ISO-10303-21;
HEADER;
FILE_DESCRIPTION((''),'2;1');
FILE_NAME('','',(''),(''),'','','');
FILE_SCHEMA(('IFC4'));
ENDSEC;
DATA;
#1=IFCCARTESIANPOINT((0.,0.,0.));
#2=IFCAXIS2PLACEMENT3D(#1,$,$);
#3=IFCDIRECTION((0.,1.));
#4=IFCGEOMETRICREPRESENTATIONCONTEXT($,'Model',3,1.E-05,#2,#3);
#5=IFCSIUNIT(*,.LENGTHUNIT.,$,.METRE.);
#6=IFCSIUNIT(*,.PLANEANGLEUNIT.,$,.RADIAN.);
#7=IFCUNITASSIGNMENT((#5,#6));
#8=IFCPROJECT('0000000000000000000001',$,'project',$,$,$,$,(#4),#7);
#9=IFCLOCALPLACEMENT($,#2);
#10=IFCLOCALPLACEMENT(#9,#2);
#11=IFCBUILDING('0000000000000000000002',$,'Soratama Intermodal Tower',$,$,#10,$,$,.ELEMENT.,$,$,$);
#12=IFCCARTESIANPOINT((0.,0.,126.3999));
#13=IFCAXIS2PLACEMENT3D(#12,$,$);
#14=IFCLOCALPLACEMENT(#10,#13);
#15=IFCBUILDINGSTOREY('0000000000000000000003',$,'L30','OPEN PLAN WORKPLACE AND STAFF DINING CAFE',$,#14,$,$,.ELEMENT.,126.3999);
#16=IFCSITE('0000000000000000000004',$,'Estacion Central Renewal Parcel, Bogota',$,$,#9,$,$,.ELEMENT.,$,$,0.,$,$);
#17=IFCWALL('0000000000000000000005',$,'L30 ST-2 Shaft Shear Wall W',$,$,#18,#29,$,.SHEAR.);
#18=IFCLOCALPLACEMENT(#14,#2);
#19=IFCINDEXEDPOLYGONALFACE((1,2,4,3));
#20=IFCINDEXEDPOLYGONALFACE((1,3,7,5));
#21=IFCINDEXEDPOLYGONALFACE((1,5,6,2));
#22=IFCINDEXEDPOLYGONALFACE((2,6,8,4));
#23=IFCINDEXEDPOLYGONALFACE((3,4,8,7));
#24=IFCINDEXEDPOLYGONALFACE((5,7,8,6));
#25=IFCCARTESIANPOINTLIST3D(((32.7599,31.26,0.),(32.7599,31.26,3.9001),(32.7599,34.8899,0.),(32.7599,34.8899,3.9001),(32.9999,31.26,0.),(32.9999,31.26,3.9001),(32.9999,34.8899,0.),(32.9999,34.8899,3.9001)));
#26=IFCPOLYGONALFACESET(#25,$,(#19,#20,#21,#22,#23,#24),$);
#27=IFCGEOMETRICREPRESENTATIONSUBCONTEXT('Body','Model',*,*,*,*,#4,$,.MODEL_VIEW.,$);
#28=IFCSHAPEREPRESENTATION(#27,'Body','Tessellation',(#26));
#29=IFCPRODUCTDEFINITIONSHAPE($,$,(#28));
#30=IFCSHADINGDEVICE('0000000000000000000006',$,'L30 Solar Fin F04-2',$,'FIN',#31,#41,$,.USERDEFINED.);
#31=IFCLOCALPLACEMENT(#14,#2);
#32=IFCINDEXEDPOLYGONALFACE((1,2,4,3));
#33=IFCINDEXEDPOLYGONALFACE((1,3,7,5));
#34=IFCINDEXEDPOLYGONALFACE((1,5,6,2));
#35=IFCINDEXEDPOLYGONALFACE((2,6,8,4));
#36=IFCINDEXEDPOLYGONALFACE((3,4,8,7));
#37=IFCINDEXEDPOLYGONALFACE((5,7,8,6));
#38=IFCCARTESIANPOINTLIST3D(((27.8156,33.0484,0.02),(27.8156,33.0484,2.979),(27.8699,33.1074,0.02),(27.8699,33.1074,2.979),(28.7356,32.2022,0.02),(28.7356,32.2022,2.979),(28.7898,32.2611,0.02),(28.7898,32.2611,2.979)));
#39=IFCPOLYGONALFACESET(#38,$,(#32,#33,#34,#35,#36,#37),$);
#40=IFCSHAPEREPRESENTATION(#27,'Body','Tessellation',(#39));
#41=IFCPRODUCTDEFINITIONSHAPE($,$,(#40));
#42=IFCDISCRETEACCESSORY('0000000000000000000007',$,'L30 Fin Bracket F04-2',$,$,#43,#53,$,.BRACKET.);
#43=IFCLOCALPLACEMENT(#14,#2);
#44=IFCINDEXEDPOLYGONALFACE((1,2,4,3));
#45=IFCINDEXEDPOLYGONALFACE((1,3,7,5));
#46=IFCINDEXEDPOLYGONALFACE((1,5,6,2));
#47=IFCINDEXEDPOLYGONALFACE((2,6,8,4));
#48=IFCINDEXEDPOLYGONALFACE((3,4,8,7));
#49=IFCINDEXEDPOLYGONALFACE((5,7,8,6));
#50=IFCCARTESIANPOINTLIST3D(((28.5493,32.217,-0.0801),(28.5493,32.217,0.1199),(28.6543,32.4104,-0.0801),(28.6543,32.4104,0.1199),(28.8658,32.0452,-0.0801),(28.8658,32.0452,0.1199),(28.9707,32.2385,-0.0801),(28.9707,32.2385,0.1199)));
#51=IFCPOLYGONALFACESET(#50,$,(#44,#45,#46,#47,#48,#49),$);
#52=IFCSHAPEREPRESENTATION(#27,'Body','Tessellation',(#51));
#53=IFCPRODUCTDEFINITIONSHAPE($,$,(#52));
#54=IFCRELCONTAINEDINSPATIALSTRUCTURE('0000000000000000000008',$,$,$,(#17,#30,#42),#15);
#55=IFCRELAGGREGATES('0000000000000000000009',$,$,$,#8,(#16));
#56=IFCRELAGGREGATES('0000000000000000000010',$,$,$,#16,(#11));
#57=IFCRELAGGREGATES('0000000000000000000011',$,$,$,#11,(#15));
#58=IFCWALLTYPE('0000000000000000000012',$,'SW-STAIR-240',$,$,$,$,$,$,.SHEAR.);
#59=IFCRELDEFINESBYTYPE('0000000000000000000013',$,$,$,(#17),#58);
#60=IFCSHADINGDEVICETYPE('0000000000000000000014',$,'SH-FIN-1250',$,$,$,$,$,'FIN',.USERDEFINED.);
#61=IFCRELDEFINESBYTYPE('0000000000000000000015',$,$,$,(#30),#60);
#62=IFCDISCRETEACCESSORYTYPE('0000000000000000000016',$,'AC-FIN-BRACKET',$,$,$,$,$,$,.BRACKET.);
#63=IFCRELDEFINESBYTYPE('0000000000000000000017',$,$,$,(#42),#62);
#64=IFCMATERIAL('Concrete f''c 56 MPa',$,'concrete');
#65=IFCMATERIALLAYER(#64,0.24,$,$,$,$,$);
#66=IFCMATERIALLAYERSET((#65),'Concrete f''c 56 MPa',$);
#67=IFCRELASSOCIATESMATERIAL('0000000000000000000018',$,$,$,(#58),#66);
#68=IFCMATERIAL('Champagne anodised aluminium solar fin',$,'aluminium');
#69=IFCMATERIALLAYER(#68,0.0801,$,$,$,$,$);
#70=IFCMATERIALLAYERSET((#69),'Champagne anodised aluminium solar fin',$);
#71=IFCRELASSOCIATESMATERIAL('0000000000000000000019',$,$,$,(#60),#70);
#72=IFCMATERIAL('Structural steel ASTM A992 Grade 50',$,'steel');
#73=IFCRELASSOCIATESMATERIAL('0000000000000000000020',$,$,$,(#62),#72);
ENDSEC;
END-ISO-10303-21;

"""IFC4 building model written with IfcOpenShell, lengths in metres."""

from ifc_helpers import new_model, si_unit, direction, frame, frame_2d, origin, origin_2d, place, context, subcontext, project, spatial, rectangle, extrude, material, layer, layer_set, type_object, element, save


model = new_model("IFC4")

# Units and contexts
model_context = context("Model", 3, precision=1e-05, world=origin(), true_north=direction((0.0, 1.0)))
body_context = subcontext(model_context, "Body", "Model", "MODEL_VIEW")
ifc_project = project(units=[si_unit("LENGTHUNIT", "METRE"), si_unit("PLANEANGLEUNIT", "RADIAN")], contexts=[model_context])

# Site, building, storey
site_placement = place(None, origin())
site = spatial("IfcSite", under=ifc_project, at=site_placement, Name="Estacion Central Renewal Parcel, Bogota", CompositionType="ELEMENT", RefElevation=0.0)
building_placement = place(site_placement, origin())
building = spatial("IfcBuilding", under=site, at=building_placement, Name="Soratama Intermodal Tower", CompositionType="ELEMENT")
storey_placement = place(building_placement, frame((0.0, 0.0, 126.3999)))
storey = spatial("IfcBuildingStorey", under=building, at=storey_placement, Name="L30", Description="OPEN PLAN WORKPLACE AND STAFF DINING CAFE", CompositionType="ELEMENT", Elevation=126.3999)

# Wall
ifc_material_1 = material(Name="Concrete f'c 56 MPa", Category="concrete")
ifc_layer_1 = layer(ifc_material_1, 0.24)
ifc_layer_set_1 = layer_set([ifc_layer_1], Name="Concrete f'c 56 MPa")
wall_type_1 = type_object("IfcWallType", Name="SW-STAIR-240", PredefinedType="SHEAR", material=ifc_layer_set_1)
wall_1_placement = place(storey_placement, frame((32.8799, 31.26, 0.0), z_axis=(0.0, 0.0, 1.0), x_axis=(0.0, 1.0, 0.0)))
element("IfcWall", 1, at=wall_1_placement, inside=storey, type_object=wall_type_1, Name="L30 ST-2 Shaft Shear Wall W", PredefinedType="SHEAR", context=body_context, shape_type="SweptSolid", body=[
    extrude(rectangle(XDim=3.6299, YDim=0.24, at=frame_2d((1.8149, 0.0))), origin(), (0.0, 0.0, 1.0), 3.9001),
])

# Shading device
ifc_material_2 = material(Name="Champagne anodised aluminium solar fin", Category="aluminium")
ifc_layer_2 = layer(ifc_material_2, 0.0801)
ifc_layer_set_2 = layer_set([ifc_layer_2], Name="Champagne anodised aluminium solar fin")
shading_device_type = type_object("IfcShadingDeviceType", Name="SH-FIN-1250", ElementType="FIN", PredefinedType="USERDEFINED", material=ifc_layer_set_2)
shading_device_placement = place(storey_placement, frame((28.3027, 32.6548, 0.02), z_axis=(0.0, 0.0, 1.0), x_axis=(-0.735979, 0.677004, 0.0)))
element("IfcShadingDevice", 2, at=shading_device_placement, inside=storey, type_object=shading_device_type, Name="L30 Solar Fin F04-2", ObjectType="FIN", PredefinedType="USERDEFINED", context=body_context, shape_type="SweptSolid", body=[
    extrude(rectangle(XDim=1.25, YDim=0.0801, at=origin_2d()), origin(), (0.0, 0.0, 1.0), 2.959),
])

# Discrete accessory
ifc_material_3 = material(Name="Structural steel ASTM A992 Grade 50", Category="steel")
discrete_accessory_type = type_object("IfcDiscreteAccessoryType", Name="AC-FIN-BRACKET", PredefinedType="BRACKET", material=ifc_material_3)
discrete_accessory_placement = place(storey_placement, frame((28.76, 32.2278, -0.0801), z_axis=(0.0, 0.0, 1.0), x_axis=(-0.878817, 0.477159, 0.0)))
element("IfcDiscreteAccessory", 3, at=discrete_accessory_placement, inside=storey, type_object=discrete_accessory_type, Name="L30 Fin Bracket F04-2", PredefinedType="BRACKET", context=body_context, shape_type="SweptSolid", body=[
    extrude(rectangle(XDim=0.3601, YDim=0.22, at=origin_2d()), origin(), (0.0, 0.0, 1.0), 0.2),
])

save(model, "model.ifc")
